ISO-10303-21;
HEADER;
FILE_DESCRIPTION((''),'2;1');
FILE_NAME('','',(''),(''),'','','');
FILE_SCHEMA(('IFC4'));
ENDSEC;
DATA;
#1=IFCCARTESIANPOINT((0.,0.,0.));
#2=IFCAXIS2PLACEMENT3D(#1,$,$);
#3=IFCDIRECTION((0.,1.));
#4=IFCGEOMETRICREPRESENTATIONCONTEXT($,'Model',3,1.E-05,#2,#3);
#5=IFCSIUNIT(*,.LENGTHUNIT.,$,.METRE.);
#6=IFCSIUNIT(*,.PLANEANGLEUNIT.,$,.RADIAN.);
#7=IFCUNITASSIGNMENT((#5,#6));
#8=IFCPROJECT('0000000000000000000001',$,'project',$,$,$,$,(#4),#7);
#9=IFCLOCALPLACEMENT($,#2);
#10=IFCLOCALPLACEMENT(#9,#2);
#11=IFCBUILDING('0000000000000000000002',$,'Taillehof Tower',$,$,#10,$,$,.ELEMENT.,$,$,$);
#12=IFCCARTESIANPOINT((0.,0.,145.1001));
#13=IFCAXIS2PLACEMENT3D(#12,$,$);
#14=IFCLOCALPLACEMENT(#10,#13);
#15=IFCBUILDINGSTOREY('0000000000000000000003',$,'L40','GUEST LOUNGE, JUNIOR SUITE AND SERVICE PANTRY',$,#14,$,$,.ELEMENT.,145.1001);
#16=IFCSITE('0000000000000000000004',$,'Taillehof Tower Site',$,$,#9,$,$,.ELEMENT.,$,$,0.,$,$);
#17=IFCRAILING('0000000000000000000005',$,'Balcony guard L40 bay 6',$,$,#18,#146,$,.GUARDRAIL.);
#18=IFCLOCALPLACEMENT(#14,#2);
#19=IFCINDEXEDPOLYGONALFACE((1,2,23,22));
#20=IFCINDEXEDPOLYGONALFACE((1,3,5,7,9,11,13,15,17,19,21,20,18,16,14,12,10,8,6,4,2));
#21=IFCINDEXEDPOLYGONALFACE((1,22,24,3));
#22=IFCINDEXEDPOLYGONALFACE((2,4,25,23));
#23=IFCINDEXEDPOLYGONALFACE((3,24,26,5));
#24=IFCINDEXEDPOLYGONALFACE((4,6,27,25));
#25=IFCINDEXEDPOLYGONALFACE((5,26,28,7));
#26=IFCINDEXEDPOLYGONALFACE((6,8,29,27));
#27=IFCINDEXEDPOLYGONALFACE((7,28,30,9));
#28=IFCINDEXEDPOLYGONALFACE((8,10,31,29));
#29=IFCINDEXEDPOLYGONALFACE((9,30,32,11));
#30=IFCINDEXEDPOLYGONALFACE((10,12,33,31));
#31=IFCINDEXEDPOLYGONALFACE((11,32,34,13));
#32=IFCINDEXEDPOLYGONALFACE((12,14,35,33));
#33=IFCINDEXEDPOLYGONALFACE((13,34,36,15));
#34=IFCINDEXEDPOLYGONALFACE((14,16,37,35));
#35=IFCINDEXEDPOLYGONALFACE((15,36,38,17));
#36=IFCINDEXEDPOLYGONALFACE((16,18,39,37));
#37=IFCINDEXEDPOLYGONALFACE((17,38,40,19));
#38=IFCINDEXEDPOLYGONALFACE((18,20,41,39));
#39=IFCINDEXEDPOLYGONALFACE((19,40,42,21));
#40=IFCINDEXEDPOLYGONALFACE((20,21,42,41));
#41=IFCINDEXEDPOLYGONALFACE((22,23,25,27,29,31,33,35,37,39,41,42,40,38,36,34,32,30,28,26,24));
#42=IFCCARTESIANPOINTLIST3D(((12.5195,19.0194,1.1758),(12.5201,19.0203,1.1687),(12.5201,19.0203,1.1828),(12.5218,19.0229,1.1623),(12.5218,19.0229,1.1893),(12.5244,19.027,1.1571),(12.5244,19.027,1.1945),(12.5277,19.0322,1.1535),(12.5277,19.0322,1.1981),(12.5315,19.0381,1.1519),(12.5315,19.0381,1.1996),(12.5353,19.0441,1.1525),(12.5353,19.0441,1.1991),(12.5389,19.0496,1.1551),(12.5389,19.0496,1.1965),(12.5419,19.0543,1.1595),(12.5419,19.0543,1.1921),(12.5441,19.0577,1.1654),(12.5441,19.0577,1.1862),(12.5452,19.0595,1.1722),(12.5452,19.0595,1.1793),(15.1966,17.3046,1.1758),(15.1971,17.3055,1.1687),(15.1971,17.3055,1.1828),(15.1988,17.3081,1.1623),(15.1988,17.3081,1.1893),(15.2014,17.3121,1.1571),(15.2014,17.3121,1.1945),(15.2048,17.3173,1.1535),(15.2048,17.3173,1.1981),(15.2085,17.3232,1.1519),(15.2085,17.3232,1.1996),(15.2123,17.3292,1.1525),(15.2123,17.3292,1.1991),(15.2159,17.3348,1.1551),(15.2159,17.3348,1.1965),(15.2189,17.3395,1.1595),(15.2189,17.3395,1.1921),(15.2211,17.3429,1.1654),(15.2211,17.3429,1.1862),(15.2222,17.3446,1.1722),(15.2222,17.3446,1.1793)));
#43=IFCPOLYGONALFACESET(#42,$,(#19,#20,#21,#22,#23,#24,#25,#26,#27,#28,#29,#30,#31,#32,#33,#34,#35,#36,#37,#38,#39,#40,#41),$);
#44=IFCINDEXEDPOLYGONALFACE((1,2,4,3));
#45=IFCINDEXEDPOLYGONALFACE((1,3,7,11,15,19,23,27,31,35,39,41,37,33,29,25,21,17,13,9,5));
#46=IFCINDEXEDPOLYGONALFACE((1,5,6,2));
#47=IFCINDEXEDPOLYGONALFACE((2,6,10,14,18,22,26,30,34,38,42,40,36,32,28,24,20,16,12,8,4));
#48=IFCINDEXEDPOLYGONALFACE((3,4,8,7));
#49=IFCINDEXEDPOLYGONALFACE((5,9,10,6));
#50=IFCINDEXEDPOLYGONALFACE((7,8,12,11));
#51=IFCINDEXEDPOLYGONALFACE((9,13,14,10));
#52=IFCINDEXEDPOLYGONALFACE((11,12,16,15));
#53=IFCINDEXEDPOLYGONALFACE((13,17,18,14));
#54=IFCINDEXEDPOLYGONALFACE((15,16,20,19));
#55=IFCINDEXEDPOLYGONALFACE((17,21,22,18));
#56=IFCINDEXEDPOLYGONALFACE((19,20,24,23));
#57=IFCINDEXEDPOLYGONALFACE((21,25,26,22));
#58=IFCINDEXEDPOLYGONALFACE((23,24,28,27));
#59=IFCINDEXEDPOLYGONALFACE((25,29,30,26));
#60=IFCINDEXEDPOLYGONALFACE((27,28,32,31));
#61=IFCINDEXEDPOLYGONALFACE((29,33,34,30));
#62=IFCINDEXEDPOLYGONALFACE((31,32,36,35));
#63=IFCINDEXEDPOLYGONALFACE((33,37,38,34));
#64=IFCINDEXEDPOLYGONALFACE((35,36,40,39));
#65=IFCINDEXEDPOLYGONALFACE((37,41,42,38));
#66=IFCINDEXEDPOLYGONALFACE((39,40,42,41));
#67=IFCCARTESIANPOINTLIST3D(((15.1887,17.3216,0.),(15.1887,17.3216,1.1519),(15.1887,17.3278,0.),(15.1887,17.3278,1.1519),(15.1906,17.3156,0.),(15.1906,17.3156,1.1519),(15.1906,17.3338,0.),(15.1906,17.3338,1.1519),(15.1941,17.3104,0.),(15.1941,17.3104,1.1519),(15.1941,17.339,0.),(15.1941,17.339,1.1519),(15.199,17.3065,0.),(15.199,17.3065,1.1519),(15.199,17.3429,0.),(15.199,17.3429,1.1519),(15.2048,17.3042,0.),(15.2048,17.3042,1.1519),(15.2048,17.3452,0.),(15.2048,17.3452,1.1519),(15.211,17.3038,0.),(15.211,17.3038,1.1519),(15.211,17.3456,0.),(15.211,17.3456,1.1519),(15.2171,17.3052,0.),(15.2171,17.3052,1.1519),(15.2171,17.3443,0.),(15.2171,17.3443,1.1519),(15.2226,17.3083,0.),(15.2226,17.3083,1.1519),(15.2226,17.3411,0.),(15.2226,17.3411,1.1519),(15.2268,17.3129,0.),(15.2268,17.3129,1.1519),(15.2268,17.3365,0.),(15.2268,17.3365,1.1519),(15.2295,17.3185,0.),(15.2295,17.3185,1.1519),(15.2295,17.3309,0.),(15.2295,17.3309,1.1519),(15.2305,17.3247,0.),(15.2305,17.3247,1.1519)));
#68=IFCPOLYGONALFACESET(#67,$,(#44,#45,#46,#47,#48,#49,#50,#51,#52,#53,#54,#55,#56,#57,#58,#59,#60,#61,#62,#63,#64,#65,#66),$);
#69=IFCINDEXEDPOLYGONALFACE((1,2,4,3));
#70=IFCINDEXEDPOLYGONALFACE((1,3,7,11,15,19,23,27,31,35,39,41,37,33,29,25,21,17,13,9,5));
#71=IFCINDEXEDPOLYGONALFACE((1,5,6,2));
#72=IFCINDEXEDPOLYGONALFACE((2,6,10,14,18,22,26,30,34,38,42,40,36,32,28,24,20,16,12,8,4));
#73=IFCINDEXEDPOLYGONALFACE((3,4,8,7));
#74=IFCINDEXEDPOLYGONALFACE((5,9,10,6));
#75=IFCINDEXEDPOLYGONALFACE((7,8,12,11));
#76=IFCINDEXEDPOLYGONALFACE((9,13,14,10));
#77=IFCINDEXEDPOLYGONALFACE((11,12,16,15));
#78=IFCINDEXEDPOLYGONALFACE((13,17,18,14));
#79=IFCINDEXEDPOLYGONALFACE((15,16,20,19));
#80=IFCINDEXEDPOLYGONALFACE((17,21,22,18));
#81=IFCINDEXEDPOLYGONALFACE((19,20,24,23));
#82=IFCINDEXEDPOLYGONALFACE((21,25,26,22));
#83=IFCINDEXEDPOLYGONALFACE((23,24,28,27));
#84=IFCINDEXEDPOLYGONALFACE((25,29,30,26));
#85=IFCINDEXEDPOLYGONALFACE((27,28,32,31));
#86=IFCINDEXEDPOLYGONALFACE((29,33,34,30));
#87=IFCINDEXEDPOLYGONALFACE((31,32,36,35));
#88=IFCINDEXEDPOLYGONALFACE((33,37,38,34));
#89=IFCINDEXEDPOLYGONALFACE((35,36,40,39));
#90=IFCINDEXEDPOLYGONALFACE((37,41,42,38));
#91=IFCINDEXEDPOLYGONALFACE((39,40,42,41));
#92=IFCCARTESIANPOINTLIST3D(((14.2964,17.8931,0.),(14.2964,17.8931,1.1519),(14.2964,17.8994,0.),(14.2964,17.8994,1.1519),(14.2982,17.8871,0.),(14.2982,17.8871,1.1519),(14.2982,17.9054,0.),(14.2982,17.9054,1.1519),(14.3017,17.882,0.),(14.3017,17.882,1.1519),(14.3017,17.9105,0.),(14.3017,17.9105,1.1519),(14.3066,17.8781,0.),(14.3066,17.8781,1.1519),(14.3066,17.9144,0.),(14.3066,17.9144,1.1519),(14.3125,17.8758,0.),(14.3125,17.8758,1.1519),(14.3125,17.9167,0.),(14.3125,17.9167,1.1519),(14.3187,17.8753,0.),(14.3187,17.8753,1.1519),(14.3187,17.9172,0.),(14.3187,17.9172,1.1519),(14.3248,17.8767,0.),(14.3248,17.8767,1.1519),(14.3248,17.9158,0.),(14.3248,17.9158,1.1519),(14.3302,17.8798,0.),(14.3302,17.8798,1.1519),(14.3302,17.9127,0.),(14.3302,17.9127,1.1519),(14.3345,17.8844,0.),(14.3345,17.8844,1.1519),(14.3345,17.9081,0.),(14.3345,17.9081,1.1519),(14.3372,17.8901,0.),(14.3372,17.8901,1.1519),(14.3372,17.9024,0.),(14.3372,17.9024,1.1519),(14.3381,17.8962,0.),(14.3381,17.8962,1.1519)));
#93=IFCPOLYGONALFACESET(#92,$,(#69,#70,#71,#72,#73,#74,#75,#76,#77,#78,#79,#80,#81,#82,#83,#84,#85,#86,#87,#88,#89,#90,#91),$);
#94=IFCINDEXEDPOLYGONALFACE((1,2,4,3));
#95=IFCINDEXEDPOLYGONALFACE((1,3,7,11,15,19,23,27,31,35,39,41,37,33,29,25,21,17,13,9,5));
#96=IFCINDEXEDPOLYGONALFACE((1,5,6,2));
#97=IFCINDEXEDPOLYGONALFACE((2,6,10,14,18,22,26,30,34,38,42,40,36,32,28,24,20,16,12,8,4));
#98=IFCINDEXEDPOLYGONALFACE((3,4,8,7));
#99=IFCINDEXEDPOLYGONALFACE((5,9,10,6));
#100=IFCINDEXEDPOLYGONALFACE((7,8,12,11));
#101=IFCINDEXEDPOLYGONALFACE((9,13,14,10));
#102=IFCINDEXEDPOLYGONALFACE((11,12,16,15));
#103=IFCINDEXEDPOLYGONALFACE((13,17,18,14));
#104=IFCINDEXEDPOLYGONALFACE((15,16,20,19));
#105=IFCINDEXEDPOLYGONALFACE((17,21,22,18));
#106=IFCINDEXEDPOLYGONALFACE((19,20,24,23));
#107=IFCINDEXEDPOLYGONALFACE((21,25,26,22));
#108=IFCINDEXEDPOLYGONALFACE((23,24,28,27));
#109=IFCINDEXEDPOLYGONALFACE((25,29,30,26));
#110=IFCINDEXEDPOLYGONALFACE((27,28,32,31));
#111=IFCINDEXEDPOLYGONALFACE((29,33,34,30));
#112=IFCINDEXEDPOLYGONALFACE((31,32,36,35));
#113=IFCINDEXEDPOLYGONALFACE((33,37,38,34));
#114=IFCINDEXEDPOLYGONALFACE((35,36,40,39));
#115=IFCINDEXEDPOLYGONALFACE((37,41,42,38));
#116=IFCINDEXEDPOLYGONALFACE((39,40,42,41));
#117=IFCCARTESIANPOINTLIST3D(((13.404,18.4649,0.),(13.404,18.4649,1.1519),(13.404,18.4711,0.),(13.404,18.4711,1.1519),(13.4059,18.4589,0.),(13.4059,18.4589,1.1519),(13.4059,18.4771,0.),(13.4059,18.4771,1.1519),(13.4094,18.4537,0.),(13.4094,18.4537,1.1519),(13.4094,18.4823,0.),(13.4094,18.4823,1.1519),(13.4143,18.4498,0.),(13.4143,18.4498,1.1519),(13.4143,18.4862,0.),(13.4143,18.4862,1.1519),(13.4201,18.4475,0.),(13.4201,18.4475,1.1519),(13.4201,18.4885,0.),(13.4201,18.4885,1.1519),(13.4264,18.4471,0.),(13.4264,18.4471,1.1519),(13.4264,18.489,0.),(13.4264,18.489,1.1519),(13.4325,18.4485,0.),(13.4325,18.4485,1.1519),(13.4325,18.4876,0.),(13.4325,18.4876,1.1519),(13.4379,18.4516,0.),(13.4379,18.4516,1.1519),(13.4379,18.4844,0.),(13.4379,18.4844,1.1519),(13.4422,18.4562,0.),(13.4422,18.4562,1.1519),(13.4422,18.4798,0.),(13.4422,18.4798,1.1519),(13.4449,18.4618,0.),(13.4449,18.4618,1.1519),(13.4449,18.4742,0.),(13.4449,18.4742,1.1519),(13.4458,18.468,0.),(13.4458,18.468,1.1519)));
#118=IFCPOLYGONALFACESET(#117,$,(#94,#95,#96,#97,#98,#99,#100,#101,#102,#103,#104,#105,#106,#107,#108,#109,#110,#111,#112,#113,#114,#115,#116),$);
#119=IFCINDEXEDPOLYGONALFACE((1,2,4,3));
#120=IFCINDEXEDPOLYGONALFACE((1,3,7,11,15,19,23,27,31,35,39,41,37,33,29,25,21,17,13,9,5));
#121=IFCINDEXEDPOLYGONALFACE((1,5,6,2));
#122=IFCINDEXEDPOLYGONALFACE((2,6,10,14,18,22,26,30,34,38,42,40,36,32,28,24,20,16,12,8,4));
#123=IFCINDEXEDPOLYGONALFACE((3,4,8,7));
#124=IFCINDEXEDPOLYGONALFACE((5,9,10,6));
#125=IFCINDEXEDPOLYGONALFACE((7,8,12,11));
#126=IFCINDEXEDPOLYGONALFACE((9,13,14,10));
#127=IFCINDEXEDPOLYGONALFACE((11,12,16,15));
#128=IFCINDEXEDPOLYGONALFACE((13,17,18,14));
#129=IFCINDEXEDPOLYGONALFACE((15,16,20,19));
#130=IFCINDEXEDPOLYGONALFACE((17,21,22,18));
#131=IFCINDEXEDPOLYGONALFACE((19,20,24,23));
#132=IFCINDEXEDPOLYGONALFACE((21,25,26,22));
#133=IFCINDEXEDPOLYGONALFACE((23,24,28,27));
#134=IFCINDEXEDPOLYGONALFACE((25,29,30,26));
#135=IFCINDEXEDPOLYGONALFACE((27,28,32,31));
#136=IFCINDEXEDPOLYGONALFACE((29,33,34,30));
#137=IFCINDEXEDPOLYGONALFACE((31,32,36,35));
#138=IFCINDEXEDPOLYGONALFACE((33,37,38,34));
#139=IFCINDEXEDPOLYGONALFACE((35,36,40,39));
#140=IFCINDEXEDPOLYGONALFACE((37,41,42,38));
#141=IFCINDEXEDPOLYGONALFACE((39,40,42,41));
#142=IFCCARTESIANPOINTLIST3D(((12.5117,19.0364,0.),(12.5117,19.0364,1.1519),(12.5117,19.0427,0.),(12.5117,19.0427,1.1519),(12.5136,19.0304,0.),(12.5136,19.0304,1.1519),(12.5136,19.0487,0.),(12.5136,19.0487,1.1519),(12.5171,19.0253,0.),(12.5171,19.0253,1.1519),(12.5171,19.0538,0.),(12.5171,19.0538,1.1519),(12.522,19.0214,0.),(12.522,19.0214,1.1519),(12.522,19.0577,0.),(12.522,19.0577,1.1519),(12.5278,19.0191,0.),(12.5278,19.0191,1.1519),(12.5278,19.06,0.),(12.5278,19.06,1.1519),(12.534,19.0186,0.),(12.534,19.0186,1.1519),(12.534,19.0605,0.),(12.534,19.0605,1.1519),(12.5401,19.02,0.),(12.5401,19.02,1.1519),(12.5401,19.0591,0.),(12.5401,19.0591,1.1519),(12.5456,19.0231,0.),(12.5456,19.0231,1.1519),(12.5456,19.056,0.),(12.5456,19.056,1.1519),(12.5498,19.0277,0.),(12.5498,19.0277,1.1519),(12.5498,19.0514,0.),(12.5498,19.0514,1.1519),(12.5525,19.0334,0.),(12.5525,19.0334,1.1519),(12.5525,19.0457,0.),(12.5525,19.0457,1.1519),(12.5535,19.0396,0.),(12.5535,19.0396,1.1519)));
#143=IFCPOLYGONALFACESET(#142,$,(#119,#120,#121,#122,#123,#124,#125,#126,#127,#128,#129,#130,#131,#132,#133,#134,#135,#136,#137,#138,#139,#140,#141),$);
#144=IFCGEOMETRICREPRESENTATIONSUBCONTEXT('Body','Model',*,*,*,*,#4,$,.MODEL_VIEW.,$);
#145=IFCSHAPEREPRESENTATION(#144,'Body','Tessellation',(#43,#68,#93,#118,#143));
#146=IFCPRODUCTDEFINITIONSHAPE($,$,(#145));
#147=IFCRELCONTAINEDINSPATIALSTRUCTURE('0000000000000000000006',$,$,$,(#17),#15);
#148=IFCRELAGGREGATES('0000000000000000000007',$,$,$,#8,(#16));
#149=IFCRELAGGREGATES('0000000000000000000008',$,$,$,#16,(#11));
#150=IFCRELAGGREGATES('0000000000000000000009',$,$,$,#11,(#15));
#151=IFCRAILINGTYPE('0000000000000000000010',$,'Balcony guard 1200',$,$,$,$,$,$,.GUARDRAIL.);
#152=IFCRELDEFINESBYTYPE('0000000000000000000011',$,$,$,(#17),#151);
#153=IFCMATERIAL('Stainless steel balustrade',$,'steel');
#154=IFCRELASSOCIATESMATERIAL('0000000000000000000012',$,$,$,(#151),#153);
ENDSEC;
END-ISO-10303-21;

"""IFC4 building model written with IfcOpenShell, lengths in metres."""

from ifc_helpers import new_model, si_unit, direction, frame, origin, origin_2d, place, context, subcontext, project, spatial, circle, extrude, material, type_object, element, save


model = new_model("IFC4")

# Units and contexts
model_context = context("Model", 3, precision=1e-05, world=origin(), true_north=direction((0.0, 1.0)))
body_context = subcontext(model_context, "Body", "Model", "MODEL_VIEW")
ifc_project = project(units=[si_unit("LENGTHUNIT", "METRE"), si_unit("PLANEANGLEUNIT", "RADIAN")], contexts=[model_context])

# Site, building, storey
site_placement = place(None, origin())
site = spatial("IfcSite", under=ifc_project, at=site_placement, Name="Taillehof Tower Site", CompositionType="ELEMENT", RefElevation=0.0)
building_placement = place(site_placement, origin())
building = spatial("IfcBuilding", under=site, at=building_placement, Name="Taillehof Tower", CompositionType="ELEMENT")
storey_placement = place(building_placement, frame((0.0, 0.0, 145.1001)))
storey = spatial("IfcBuildingStorey", under=building, at=storey_placement, Name="L40", Description="GUEST LOUNGE, JUNIOR SUITE AND SERVICE PANTRY", CompositionType="ELEMENT", Elevation=145.1001)

# Railing
ifc_material_1 = material(Name="Stainless steel balustrade", Category="steel")
railing_type = type_object("IfcRailingType", Name="Balcony guard 1200", PredefinedType="GUARDRAIL", material=ifc_material_1)
railing_1_placement = place(storey_placement, frame((15.2095, 17.3247, 0.0)))
element("IfcRailing", 1, at=railing_1_placement, inside=storey, type_object=railing_type, Name="Balcony guard L40 bay 6", PredefinedType="GUARDRAIL", context=body_context, shape_type="SweptSolid", body=[
    extrude(circle(Radius=0.0239, at=origin_2d()), frame((0.0, 0.0, 1.1758), z_axis=(-0.842048, 0.539402, 0.0), x_axis=(-0.539402, -0.842048, 0.0)), (0.0, 0.0, 1.0), 3.1792),
    extrude(circle(Radius=0.021, at=origin_2d()), origin(), (0.0, 0.0, 1.0), 1.1519),
    extrude(circle(Radius=0.021, at=origin_2d()), frame((-0.8923, 0.5715, 0.0)), (0.0, 0.0, 1.0), 1.1519),
    extrude(circle(Radius=0.021, at=origin_2d()), frame((-1.7847, 1.1433, 0.0)), (0.0, 0.0, 1.0), 1.1519),
    extrude(circle(Radius=0.021, at=origin_2d()), frame((-2.677, 1.7148, 0.0)), (0.0, 0.0, 1.0), 1.1519),
])

save(model, "model.ifc")
